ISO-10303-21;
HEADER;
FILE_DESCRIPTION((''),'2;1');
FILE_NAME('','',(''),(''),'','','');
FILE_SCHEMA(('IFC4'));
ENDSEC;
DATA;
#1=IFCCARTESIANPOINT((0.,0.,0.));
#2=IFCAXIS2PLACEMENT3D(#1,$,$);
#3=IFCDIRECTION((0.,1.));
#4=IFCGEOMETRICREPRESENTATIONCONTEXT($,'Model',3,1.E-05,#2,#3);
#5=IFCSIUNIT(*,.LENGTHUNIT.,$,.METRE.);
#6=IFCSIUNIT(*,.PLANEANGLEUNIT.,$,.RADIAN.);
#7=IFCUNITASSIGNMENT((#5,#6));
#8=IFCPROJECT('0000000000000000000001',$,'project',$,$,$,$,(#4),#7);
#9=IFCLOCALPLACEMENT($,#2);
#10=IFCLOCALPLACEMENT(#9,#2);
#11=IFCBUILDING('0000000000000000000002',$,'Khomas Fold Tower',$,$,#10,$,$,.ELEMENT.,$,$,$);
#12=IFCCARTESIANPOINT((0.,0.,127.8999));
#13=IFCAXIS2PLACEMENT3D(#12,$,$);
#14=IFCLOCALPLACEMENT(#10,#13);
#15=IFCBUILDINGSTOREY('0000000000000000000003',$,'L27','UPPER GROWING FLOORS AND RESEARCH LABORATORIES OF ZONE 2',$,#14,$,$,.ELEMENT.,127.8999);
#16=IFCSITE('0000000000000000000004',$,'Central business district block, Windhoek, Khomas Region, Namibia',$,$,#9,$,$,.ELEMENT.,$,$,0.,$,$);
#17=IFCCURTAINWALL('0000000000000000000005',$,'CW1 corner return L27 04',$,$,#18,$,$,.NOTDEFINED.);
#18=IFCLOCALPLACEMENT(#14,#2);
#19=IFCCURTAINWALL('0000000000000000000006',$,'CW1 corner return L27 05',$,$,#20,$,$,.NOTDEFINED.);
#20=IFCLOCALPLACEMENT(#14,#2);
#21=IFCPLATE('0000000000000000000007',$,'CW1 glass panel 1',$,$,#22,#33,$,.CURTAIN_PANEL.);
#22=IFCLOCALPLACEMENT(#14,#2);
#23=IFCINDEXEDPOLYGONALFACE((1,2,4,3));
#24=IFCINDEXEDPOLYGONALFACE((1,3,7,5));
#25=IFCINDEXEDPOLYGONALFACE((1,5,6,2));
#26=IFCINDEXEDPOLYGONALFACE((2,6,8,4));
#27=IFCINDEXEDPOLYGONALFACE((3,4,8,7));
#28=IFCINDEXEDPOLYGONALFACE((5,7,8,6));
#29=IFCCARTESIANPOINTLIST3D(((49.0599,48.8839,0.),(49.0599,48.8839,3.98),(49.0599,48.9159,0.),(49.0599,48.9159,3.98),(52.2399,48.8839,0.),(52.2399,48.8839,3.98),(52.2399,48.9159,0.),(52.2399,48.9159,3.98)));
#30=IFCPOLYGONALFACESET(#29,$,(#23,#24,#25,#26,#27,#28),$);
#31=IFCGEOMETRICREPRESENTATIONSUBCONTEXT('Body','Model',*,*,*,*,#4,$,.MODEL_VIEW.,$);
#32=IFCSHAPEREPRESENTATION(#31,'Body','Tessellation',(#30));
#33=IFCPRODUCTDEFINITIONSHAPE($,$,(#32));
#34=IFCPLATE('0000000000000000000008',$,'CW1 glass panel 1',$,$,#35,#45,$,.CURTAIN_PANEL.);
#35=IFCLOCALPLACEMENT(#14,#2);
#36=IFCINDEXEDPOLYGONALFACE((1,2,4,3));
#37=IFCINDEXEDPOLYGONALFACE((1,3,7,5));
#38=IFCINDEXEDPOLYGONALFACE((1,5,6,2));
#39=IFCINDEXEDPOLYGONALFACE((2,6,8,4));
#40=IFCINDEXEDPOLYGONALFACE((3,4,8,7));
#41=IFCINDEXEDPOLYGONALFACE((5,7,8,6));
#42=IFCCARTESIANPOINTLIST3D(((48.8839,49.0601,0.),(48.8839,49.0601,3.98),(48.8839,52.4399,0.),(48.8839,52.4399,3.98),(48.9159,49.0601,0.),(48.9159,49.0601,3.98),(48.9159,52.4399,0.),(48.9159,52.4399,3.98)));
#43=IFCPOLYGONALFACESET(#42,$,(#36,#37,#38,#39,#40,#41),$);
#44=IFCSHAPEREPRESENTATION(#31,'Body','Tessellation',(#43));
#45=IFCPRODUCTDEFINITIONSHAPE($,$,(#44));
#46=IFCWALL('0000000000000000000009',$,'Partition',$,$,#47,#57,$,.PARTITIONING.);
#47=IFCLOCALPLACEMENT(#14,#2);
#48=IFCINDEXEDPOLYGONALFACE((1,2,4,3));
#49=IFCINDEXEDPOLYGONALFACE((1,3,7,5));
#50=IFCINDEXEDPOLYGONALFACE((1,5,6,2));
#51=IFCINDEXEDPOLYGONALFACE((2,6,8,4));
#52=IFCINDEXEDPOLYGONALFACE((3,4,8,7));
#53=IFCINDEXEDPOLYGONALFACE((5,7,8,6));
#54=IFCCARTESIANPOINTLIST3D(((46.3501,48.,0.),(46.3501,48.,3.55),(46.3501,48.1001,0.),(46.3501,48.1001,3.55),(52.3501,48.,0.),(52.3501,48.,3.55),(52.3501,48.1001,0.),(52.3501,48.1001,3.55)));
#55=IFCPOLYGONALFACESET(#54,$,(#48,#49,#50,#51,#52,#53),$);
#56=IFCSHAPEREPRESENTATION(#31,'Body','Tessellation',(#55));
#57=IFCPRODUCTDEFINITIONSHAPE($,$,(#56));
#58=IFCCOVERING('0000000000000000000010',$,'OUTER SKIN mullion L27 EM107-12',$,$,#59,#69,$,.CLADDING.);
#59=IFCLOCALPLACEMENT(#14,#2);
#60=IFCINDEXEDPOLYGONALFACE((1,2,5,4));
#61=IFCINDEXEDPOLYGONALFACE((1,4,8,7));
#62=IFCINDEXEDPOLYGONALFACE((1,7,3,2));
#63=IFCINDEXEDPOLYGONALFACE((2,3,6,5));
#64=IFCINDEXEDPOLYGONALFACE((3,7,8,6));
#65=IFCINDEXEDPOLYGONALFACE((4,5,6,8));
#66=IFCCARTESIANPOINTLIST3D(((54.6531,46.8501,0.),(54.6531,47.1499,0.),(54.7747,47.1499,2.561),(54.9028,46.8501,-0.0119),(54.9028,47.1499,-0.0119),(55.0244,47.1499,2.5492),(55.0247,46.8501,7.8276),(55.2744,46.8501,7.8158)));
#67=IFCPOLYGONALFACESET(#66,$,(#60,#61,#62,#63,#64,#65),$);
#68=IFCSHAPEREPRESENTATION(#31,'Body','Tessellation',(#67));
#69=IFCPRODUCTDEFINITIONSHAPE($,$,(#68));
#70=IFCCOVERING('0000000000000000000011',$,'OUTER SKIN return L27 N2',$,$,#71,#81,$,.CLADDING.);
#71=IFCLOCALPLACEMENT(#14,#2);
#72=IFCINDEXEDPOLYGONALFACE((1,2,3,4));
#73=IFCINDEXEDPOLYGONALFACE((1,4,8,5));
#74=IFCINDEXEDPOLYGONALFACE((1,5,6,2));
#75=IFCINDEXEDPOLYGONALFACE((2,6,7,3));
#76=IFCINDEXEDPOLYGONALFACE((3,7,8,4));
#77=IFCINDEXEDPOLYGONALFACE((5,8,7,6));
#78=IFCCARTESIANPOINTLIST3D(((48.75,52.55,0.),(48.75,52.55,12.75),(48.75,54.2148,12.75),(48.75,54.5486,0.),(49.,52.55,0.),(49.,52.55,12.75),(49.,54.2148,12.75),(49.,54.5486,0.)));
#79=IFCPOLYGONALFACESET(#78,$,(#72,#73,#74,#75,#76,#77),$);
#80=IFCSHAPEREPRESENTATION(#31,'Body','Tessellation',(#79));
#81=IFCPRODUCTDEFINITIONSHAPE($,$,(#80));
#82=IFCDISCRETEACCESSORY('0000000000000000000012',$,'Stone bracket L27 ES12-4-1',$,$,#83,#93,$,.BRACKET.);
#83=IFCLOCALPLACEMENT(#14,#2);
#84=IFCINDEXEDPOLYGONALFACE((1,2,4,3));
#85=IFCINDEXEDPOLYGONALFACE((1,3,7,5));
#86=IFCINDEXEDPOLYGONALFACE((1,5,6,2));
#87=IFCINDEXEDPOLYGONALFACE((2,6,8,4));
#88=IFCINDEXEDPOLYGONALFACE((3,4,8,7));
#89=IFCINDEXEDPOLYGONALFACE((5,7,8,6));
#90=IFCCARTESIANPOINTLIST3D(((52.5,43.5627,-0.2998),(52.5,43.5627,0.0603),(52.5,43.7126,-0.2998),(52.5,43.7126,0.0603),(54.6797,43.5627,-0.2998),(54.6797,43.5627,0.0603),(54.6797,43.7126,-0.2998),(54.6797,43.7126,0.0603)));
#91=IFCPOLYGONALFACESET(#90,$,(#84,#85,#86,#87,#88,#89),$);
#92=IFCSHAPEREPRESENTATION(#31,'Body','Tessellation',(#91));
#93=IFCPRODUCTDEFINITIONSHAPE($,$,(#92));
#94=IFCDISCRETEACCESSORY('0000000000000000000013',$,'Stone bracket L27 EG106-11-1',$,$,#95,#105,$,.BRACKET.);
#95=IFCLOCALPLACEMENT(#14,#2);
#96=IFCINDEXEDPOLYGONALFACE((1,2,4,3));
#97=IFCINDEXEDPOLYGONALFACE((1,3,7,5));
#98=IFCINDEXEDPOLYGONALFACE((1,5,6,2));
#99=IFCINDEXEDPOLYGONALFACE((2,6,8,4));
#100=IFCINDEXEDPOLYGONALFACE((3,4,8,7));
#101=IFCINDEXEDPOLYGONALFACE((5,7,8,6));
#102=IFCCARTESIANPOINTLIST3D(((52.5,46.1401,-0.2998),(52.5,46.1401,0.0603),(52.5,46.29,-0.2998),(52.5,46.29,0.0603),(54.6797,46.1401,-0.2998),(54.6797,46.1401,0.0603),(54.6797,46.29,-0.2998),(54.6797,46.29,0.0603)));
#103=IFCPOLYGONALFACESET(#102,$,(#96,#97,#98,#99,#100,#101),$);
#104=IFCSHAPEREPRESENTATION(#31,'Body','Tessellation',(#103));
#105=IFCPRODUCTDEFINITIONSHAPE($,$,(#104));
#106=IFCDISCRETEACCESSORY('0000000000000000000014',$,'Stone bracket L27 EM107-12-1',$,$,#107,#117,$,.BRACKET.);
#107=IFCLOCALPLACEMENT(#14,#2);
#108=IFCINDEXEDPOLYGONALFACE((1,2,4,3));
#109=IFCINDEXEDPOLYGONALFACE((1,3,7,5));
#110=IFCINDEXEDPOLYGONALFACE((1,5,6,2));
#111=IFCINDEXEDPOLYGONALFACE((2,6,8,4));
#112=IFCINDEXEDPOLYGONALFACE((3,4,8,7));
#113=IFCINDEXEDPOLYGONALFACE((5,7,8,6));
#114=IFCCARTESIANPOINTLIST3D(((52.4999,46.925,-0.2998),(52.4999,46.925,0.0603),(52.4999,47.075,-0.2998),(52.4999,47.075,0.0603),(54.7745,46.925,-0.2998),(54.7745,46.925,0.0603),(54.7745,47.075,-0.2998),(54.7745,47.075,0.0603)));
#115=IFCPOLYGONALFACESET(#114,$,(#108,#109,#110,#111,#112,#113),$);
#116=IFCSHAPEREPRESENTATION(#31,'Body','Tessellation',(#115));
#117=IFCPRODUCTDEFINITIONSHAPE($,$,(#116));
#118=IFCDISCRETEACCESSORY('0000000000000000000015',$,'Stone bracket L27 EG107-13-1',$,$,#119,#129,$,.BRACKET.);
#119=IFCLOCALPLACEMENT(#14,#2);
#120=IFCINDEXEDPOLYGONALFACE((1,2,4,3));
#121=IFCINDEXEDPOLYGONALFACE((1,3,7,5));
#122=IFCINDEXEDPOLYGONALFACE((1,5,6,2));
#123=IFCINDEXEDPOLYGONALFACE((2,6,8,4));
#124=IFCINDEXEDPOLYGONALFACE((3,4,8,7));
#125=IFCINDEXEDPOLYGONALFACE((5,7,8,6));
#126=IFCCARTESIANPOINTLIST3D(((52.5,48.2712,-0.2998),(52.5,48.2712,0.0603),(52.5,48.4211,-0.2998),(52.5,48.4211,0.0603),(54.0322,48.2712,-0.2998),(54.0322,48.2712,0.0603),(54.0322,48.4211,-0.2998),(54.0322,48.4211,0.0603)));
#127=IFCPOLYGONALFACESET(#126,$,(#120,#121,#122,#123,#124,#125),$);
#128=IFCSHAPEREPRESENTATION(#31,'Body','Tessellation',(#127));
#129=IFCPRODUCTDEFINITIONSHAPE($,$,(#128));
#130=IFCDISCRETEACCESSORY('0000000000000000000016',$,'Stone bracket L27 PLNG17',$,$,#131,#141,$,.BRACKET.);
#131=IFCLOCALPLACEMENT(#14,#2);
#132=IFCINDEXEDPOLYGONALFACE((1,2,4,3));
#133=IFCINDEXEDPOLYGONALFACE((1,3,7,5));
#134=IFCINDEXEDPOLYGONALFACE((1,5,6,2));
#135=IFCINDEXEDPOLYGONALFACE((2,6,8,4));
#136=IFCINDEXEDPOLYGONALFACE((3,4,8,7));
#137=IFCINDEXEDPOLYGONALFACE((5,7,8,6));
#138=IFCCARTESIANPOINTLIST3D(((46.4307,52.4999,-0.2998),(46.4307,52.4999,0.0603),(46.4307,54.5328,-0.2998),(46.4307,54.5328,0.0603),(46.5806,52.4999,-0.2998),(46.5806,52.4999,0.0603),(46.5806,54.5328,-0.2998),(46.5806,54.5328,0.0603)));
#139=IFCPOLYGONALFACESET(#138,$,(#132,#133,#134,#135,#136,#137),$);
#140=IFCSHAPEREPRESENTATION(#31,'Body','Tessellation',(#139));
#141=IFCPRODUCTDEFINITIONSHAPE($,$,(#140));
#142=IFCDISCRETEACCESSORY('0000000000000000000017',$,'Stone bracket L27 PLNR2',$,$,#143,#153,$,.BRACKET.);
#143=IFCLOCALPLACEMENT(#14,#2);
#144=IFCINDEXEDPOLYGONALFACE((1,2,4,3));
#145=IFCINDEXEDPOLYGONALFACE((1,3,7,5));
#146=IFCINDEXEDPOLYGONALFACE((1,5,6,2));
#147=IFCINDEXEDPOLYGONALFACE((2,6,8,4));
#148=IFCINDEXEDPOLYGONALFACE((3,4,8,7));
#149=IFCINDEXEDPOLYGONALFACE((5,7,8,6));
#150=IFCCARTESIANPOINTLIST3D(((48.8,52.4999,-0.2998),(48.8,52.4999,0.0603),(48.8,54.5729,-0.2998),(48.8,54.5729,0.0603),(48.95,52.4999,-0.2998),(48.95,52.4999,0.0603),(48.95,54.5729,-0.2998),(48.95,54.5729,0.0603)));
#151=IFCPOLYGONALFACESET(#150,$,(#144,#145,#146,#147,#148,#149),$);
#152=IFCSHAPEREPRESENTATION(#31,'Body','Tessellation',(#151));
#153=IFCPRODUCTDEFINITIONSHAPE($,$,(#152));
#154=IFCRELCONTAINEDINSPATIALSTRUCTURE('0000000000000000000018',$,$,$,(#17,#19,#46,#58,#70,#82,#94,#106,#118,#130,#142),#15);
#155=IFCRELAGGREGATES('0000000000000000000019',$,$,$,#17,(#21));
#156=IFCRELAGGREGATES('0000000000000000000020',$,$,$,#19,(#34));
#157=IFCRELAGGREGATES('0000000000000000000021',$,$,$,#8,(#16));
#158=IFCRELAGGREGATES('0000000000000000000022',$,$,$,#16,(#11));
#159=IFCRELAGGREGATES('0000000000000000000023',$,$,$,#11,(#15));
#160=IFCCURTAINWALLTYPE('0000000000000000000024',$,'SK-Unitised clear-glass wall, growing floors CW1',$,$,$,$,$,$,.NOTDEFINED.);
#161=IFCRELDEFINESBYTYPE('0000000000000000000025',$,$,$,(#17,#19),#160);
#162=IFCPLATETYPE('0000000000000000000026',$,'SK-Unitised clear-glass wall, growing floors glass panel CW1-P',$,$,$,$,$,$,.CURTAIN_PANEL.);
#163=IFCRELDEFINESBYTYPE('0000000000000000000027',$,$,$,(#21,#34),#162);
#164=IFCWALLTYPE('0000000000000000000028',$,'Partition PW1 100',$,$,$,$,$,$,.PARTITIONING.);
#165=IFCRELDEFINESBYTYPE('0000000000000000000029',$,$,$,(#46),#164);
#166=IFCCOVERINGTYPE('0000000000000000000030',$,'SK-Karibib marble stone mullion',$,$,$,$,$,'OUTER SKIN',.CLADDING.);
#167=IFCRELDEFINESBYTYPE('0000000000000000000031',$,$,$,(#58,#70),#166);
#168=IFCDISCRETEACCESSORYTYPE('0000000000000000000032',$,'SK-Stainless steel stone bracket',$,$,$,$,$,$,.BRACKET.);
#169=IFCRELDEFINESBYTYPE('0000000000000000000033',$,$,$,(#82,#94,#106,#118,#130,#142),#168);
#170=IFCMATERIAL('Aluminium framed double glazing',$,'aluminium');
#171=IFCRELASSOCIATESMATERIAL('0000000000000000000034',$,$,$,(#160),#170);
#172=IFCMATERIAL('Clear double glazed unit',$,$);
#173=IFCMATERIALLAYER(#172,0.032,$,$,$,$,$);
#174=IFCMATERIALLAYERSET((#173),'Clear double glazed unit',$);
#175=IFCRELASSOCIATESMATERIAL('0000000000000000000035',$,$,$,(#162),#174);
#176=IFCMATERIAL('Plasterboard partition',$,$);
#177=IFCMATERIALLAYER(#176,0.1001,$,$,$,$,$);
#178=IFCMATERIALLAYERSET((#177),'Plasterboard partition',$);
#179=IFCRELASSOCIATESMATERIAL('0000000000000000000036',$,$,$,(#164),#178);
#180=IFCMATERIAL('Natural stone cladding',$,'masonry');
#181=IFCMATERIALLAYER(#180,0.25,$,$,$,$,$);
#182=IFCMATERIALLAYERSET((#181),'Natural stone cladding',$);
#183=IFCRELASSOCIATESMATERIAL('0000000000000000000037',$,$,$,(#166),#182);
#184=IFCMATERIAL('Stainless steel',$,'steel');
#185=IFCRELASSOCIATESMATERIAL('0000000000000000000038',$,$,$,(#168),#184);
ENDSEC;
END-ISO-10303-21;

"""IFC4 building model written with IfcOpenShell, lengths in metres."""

from ifc_helpers import new_model, si_unit, direction, frame, frame_2d, origin, origin_2d, place, context, subcontext, project, spatial, polyline, rectangle, outline, extrude, source, transform, mapped, material, layer, layer_set, type_object, element, aggregate, save


model = new_model("IFC4")

# Units and contexts
model_context = context("Model", 3, precision=1e-05, world=origin(), true_north=direction((0.0, 1.0)))
body_context = subcontext(model_context, "Body", "Model", "MODEL_VIEW")
ifc_project = project(units=[si_unit("LENGTHUNIT", "METRE"), si_unit("PLANEANGLEUNIT", "RADIAN")], contexts=[model_context])

# Site, building, storey
site_placement = place(None, origin())
site = spatial("IfcSite", under=ifc_project, at=site_placement, Name="Central business district block, Windhoek, Khomas Region, Namibia", CompositionType="ELEMENT", RefElevation=0.0)
building_placement = place(site_placement, origin())
building = spatial("IfcBuilding", under=site, at=building_placement, Name="Khomas Fold Tower", CompositionType="ELEMENT")
storey_placement = place(building_placement, frame((0.0, 0.0, 127.8999)))
storey = spatial("IfcBuildingStorey", under=building, at=storey_placement, Name="L27", Description="UPPER GROWING FLOORS AND RESEARCH LABORATORIES OF ZONE 2", CompositionType="ELEMENT", Elevation=127.8999)

# Curtain walls
ifc_material_1 = material(Name="Aluminium framed double glazing", Category="aluminium")
curtain_wall_type = type_object("IfcCurtainWallType", Name="SK-Unitised clear-glass wall, growing floors CW1", PredefinedType="NOTDEFINED", material=ifc_material_1)
curtain_wall_1_placement = place(storey_placement, origin())
curtain_wall_1 = element("IfcCurtainWall", 1, at=curtain_wall_1_placement, inside=storey, type_object=curtain_wall_type, Name="CW1 corner return L27 04", PredefinedType="NOTDEFINED")
curtain_wall_2_placement = place(storey_placement, origin())
curtain_wall_2 = element("IfcCurtainWall", 2, at=curtain_wall_2_placement, inside=storey, type_object=curtain_wall_type, Name="CW1 corner return L27 05", PredefinedType="NOTDEFINED")

# Plates
ifc_material_2 = material(Name="Clear double glazed unit")
ifc_layer_1 = layer(ifc_material_2, 0.032)
ifc_layer_set_1 = layer_set([ifc_layer_1], Name="Clear double glazed unit")
plate_type_1 = type_object("IfcPlateType", Name="SK-Unitised clear-glass wall, growing floors glass panel CW1-P", PredefinedType="CURTAIN_PANEL", material=ifc_layer_set_1)
shared_shape_1 = source(origin(), body_context, "Body", "SweptSolid", [
    extrude(rectangle(XDim=3.1799, YDim=0.032, at=origin_2d()), origin(), (0.0, 0.0, 1.0), 3.98),
])
plate_1_placement = place(storey_placement, frame((50.6499, 48.8999, 0.0), z_axis=(0.0, 0.0, 1.0), x_axis=(-1.0, 0.0, 0.0)))
plate_1 = element("IfcPlate", 3, at=plate_1_placement, type_object=plate_type_1, Name="CW1 glass panel 1", PredefinedType="CURTAIN_PANEL", context=body_context, shape_type="MappedRepresentation", body=[
    mapped(shared_shape_1, transform((0.0, 0.0, 0.0))),
])
aggregate(curtain_wall_1, [plate_1])
shared_shape_2 = source(origin(), body_context, "Body", "SweptSolid", [
    extrude(rectangle(XDim=3.3799, YDim=0.032, at=origin_2d()), origin(), (0.0, 0.0, 1.0), 3.98),
])
plate_2_placement = place(storey_placement, frame((48.8999, 50.75, 0.0), z_axis=(0.0, 0.0, 1.0), x_axis=(0.0, 1.0, 0.0)))
plate_2 = element("IfcPlate", 4, at=plate_2_placement, type_object=plate_type_1, Name="CW1 glass panel 1", PredefinedType="CURTAIN_PANEL", context=body_context, shape_type="MappedRepresentation", body=[
    mapped(shared_shape_2, transform((0.0, 0.0, 0.0))),
])
aggregate(curtain_wall_2, [plate_2])

# Wall
ifc_material_3 = material(Name="Plasterboard partition")
ifc_layer_2 = layer(ifc_material_3, 0.1001)
ifc_layer_set_2 = layer_set([ifc_layer_2], Name="Plasterboard partition")
wall_type = type_object("IfcWallType", Name="Partition PW1 100", PredefinedType="PARTITIONING", material=ifc_layer_set_2)
shared_shape_3 = source(origin(), body_context, "Body", "SweptSolid", [
    extrude(rectangle(XDim=6.0, YDim=0.1001, at=frame_2d((3.0, 0.0))), origin(), (0.0, 0.0, 1.0), 3.55),
])
wall_placement = place(storey_placement, frame((46.3501, 48.05, 0.0), z_axis=(0.0, 0.0, 1.0), x_axis=(1.0, 0.0, 0.0)))
element("IfcWall", 5, at=wall_placement, inside=storey, type_object=wall_type, Name="Partition", PredefinedType="PARTITIONING", context=body_context, shape_type="MappedRepresentation", body=[
    mapped(shared_shape_3, transform((0.0, 0.0, 0.0))),
])

# Coverings
ifc_material_4 = material(Name="Natural stone cladding", Category="masonry")
ifc_layer_3 = layer(ifc_material_4, 0.25)
ifc_layer_set_3 = layer_set([ifc_layer_3], Name="Natural stone cladding")
covering_type = type_object("IfcCoveringType", Name="SK-Karibib marble stone mullion", ElementType="OUTER SKIN", PredefinedType="CLADDING", material=ifc_layer_set_3)
covering_1_placement = place(storey_placement, frame((54.7747, 47.1499, 2.561), z_axis=(-0.998875, 0.000021, 0.047418), x_axis=(-0.047418, 0.0, -0.998875)))
element("IfcCovering", 6, at=covering_1_placement, inside=storey, type_object=covering_type, Name="OUTER SKIN mullion L27 EM107-12", PredefinedType="CLADDING", context=body_context, shape_type="SweptSolid", body=[
    extrude(outline(polyline([(0.0, 0.0), (2.5639, 0.0), (2.5639, 0.2998), (-5.2725, 0.2998), (0.0, 0.0)])), origin(), (0.0, 0.0, -1.0), 0.25),
])
covering_2_placement = place(storey_placement, frame((49.0, 52.55, 0.0), z_axis=(1.0, 0.0, 0.0), x_axis=(0.0, 1.0, 0.0)))
element("IfcCovering", 7, at=covering_2_placement, inside=storey, type_object=covering_type, Name="OUTER SKIN return L27 N2", PredefinedType="CLADDING", context=body_context, shape_type="SweptSolid", body=[
    extrude(outline(polyline([(0.0, 0.0), (1.9985, 0.0), (1.6648, 12.75), (0.0, 12.75), (0.0, 0.0)])), origin(), (0.0, 0.0, -1.0), 0.25),
])

# Discrete accessories
ifc_material_5 = material(Name="Stainless steel", Category="steel")
discrete_accessory_type = type_object("IfcDiscreteAccessoryType", Name="SK-Stainless steel stone bracket", PredefinedType="BRACKET", material=ifc_material_5)
shared_shape_4 = source(origin(), body_context, "Body", "SweptSolid", [
    extrude(rectangle(XDim=2.1797, YDim=0.1499, at=origin_2d()), origin(), (0.0, 0.0, 1.0), 0.3601),
])
for number, where, z_axis, x_axis, name in (
    (8, (53.5898, 43.6377, -0.2998), (0.0, 0.0, 1.0), (1.0, 0.0, 0.0), "Stone bracket L27 ES12-4-1"),
    (9, (53.5898, 46.2151, -0.2998), (0.0, 0.0, 1.0), (1.0, 0.0, 0.0), "Stone bracket L27 EG106-11-1"),
):
    element("IfcDiscreteAccessory", number, at=place(storey_placement, frame(where, z_axis=z_axis, x_axis=x_axis)), inside=storey, type_object=discrete_accessory_type, Name=name, PredefinedType="BRACKET", context=body_context, shape_type="MappedRepresentation", body=[
        mapped(shared_shape_4, transform((0.0, 0.0, 0.0))),
    ])
shared_shape_5 = source(origin(), body_context, "Body", "SweptSolid", [
    extrude(rectangle(XDim=2.2747, YDim=0.1499, at=origin_2d()), origin(), (0.0, 0.0, 1.0), 0.3601),
])
discrete_accessory_1_placement = place(storey_placement, frame((53.6372, 47.0, -0.2998), z_axis=(0.0, 0.0, 1.0), x_axis=(1.0, 0.0, 0.0)))
element("IfcDiscreteAccessory", 10, at=discrete_accessory_1_placement, inside=storey, type_object=discrete_accessory_type, Name="Stone bracket L27 EM107-12-1", PredefinedType="BRACKET", context=body_context, shape_type="MappedRepresentation", body=[
    mapped(shared_shape_5, transform((0.0, 0.0, 0.0))),
])
shared_shape_6 = source(origin(), body_context, "Body", "SweptSolid", [
    extrude(rectangle(XDim=1.5322, YDim=0.1499, at=origin_2d()), origin(), (0.0, 0.0, 1.0), 0.3601),
])
discrete_accessory_2_placement = place(storey_placement, frame((53.2661, 48.3462, -0.2998), z_axis=(0.0, 0.0, 1.0), x_axis=(1.0, 0.0, 0.0)))
element("IfcDiscreteAccessory", 11, at=discrete_accessory_2_placement, inside=storey, type_object=discrete_accessory_type, Name="Stone bracket L27 EG107-13-1", PredefinedType="BRACKET", context=body_context, shape_type="MappedRepresentation", body=[
    mapped(shared_shape_6, transform((0.0, 0.0, 0.0))),
])
shared_shape_7 = source(origin(), body_context, "Body", "SweptSolid", [
    extrude(rectangle(XDim=2.033, YDim=0.1499, at=origin_2d()), origin(), (0.0, 0.0, 1.0), 0.3601),
])
discrete_accessory_3_placement = place(storey_placement, frame((46.5056, 53.5164, -0.2998), z_axis=(0.0, 0.0, 1.0), x_axis=(0.0, 1.0, 0.0)))
element("IfcDiscreteAccessory", 12, at=discrete_accessory_3_placement, inside=storey, type_object=discrete_accessory_type, Name="Stone bracket L27 PLNG17", PredefinedType="BRACKET", context=body_context, shape_type="MappedRepresentation", body=[
    mapped(shared_shape_7, transform((0.0, 0.0, 0.0))),
])
shared_shape_8 = source(origin(), body_context, "Body", "SweptSolid", [
    extrude(rectangle(XDim=2.073, YDim=0.1499, at=origin_2d()), origin(), (0.0, 0.0, 1.0), 0.3601),
])
discrete_accessory_4_placement = place(storey_placement, frame((48.875, 53.5364, -0.2998), z_axis=(0.0, 0.0, 1.0), x_axis=(0.0, 1.0, 0.0)))
element("IfcDiscreteAccessory", 13, at=discrete_accessory_4_placement, inside=storey, type_object=discrete_accessory_type, Name="Stone bracket L27 PLNR2", PredefinedType="BRACKET", context=body_context, shape_type="MappedRepresentation", body=[
    mapped(shared_shape_8, transform((0.0, 0.0, 0.0))),
])

save(model, "model.ifc")
